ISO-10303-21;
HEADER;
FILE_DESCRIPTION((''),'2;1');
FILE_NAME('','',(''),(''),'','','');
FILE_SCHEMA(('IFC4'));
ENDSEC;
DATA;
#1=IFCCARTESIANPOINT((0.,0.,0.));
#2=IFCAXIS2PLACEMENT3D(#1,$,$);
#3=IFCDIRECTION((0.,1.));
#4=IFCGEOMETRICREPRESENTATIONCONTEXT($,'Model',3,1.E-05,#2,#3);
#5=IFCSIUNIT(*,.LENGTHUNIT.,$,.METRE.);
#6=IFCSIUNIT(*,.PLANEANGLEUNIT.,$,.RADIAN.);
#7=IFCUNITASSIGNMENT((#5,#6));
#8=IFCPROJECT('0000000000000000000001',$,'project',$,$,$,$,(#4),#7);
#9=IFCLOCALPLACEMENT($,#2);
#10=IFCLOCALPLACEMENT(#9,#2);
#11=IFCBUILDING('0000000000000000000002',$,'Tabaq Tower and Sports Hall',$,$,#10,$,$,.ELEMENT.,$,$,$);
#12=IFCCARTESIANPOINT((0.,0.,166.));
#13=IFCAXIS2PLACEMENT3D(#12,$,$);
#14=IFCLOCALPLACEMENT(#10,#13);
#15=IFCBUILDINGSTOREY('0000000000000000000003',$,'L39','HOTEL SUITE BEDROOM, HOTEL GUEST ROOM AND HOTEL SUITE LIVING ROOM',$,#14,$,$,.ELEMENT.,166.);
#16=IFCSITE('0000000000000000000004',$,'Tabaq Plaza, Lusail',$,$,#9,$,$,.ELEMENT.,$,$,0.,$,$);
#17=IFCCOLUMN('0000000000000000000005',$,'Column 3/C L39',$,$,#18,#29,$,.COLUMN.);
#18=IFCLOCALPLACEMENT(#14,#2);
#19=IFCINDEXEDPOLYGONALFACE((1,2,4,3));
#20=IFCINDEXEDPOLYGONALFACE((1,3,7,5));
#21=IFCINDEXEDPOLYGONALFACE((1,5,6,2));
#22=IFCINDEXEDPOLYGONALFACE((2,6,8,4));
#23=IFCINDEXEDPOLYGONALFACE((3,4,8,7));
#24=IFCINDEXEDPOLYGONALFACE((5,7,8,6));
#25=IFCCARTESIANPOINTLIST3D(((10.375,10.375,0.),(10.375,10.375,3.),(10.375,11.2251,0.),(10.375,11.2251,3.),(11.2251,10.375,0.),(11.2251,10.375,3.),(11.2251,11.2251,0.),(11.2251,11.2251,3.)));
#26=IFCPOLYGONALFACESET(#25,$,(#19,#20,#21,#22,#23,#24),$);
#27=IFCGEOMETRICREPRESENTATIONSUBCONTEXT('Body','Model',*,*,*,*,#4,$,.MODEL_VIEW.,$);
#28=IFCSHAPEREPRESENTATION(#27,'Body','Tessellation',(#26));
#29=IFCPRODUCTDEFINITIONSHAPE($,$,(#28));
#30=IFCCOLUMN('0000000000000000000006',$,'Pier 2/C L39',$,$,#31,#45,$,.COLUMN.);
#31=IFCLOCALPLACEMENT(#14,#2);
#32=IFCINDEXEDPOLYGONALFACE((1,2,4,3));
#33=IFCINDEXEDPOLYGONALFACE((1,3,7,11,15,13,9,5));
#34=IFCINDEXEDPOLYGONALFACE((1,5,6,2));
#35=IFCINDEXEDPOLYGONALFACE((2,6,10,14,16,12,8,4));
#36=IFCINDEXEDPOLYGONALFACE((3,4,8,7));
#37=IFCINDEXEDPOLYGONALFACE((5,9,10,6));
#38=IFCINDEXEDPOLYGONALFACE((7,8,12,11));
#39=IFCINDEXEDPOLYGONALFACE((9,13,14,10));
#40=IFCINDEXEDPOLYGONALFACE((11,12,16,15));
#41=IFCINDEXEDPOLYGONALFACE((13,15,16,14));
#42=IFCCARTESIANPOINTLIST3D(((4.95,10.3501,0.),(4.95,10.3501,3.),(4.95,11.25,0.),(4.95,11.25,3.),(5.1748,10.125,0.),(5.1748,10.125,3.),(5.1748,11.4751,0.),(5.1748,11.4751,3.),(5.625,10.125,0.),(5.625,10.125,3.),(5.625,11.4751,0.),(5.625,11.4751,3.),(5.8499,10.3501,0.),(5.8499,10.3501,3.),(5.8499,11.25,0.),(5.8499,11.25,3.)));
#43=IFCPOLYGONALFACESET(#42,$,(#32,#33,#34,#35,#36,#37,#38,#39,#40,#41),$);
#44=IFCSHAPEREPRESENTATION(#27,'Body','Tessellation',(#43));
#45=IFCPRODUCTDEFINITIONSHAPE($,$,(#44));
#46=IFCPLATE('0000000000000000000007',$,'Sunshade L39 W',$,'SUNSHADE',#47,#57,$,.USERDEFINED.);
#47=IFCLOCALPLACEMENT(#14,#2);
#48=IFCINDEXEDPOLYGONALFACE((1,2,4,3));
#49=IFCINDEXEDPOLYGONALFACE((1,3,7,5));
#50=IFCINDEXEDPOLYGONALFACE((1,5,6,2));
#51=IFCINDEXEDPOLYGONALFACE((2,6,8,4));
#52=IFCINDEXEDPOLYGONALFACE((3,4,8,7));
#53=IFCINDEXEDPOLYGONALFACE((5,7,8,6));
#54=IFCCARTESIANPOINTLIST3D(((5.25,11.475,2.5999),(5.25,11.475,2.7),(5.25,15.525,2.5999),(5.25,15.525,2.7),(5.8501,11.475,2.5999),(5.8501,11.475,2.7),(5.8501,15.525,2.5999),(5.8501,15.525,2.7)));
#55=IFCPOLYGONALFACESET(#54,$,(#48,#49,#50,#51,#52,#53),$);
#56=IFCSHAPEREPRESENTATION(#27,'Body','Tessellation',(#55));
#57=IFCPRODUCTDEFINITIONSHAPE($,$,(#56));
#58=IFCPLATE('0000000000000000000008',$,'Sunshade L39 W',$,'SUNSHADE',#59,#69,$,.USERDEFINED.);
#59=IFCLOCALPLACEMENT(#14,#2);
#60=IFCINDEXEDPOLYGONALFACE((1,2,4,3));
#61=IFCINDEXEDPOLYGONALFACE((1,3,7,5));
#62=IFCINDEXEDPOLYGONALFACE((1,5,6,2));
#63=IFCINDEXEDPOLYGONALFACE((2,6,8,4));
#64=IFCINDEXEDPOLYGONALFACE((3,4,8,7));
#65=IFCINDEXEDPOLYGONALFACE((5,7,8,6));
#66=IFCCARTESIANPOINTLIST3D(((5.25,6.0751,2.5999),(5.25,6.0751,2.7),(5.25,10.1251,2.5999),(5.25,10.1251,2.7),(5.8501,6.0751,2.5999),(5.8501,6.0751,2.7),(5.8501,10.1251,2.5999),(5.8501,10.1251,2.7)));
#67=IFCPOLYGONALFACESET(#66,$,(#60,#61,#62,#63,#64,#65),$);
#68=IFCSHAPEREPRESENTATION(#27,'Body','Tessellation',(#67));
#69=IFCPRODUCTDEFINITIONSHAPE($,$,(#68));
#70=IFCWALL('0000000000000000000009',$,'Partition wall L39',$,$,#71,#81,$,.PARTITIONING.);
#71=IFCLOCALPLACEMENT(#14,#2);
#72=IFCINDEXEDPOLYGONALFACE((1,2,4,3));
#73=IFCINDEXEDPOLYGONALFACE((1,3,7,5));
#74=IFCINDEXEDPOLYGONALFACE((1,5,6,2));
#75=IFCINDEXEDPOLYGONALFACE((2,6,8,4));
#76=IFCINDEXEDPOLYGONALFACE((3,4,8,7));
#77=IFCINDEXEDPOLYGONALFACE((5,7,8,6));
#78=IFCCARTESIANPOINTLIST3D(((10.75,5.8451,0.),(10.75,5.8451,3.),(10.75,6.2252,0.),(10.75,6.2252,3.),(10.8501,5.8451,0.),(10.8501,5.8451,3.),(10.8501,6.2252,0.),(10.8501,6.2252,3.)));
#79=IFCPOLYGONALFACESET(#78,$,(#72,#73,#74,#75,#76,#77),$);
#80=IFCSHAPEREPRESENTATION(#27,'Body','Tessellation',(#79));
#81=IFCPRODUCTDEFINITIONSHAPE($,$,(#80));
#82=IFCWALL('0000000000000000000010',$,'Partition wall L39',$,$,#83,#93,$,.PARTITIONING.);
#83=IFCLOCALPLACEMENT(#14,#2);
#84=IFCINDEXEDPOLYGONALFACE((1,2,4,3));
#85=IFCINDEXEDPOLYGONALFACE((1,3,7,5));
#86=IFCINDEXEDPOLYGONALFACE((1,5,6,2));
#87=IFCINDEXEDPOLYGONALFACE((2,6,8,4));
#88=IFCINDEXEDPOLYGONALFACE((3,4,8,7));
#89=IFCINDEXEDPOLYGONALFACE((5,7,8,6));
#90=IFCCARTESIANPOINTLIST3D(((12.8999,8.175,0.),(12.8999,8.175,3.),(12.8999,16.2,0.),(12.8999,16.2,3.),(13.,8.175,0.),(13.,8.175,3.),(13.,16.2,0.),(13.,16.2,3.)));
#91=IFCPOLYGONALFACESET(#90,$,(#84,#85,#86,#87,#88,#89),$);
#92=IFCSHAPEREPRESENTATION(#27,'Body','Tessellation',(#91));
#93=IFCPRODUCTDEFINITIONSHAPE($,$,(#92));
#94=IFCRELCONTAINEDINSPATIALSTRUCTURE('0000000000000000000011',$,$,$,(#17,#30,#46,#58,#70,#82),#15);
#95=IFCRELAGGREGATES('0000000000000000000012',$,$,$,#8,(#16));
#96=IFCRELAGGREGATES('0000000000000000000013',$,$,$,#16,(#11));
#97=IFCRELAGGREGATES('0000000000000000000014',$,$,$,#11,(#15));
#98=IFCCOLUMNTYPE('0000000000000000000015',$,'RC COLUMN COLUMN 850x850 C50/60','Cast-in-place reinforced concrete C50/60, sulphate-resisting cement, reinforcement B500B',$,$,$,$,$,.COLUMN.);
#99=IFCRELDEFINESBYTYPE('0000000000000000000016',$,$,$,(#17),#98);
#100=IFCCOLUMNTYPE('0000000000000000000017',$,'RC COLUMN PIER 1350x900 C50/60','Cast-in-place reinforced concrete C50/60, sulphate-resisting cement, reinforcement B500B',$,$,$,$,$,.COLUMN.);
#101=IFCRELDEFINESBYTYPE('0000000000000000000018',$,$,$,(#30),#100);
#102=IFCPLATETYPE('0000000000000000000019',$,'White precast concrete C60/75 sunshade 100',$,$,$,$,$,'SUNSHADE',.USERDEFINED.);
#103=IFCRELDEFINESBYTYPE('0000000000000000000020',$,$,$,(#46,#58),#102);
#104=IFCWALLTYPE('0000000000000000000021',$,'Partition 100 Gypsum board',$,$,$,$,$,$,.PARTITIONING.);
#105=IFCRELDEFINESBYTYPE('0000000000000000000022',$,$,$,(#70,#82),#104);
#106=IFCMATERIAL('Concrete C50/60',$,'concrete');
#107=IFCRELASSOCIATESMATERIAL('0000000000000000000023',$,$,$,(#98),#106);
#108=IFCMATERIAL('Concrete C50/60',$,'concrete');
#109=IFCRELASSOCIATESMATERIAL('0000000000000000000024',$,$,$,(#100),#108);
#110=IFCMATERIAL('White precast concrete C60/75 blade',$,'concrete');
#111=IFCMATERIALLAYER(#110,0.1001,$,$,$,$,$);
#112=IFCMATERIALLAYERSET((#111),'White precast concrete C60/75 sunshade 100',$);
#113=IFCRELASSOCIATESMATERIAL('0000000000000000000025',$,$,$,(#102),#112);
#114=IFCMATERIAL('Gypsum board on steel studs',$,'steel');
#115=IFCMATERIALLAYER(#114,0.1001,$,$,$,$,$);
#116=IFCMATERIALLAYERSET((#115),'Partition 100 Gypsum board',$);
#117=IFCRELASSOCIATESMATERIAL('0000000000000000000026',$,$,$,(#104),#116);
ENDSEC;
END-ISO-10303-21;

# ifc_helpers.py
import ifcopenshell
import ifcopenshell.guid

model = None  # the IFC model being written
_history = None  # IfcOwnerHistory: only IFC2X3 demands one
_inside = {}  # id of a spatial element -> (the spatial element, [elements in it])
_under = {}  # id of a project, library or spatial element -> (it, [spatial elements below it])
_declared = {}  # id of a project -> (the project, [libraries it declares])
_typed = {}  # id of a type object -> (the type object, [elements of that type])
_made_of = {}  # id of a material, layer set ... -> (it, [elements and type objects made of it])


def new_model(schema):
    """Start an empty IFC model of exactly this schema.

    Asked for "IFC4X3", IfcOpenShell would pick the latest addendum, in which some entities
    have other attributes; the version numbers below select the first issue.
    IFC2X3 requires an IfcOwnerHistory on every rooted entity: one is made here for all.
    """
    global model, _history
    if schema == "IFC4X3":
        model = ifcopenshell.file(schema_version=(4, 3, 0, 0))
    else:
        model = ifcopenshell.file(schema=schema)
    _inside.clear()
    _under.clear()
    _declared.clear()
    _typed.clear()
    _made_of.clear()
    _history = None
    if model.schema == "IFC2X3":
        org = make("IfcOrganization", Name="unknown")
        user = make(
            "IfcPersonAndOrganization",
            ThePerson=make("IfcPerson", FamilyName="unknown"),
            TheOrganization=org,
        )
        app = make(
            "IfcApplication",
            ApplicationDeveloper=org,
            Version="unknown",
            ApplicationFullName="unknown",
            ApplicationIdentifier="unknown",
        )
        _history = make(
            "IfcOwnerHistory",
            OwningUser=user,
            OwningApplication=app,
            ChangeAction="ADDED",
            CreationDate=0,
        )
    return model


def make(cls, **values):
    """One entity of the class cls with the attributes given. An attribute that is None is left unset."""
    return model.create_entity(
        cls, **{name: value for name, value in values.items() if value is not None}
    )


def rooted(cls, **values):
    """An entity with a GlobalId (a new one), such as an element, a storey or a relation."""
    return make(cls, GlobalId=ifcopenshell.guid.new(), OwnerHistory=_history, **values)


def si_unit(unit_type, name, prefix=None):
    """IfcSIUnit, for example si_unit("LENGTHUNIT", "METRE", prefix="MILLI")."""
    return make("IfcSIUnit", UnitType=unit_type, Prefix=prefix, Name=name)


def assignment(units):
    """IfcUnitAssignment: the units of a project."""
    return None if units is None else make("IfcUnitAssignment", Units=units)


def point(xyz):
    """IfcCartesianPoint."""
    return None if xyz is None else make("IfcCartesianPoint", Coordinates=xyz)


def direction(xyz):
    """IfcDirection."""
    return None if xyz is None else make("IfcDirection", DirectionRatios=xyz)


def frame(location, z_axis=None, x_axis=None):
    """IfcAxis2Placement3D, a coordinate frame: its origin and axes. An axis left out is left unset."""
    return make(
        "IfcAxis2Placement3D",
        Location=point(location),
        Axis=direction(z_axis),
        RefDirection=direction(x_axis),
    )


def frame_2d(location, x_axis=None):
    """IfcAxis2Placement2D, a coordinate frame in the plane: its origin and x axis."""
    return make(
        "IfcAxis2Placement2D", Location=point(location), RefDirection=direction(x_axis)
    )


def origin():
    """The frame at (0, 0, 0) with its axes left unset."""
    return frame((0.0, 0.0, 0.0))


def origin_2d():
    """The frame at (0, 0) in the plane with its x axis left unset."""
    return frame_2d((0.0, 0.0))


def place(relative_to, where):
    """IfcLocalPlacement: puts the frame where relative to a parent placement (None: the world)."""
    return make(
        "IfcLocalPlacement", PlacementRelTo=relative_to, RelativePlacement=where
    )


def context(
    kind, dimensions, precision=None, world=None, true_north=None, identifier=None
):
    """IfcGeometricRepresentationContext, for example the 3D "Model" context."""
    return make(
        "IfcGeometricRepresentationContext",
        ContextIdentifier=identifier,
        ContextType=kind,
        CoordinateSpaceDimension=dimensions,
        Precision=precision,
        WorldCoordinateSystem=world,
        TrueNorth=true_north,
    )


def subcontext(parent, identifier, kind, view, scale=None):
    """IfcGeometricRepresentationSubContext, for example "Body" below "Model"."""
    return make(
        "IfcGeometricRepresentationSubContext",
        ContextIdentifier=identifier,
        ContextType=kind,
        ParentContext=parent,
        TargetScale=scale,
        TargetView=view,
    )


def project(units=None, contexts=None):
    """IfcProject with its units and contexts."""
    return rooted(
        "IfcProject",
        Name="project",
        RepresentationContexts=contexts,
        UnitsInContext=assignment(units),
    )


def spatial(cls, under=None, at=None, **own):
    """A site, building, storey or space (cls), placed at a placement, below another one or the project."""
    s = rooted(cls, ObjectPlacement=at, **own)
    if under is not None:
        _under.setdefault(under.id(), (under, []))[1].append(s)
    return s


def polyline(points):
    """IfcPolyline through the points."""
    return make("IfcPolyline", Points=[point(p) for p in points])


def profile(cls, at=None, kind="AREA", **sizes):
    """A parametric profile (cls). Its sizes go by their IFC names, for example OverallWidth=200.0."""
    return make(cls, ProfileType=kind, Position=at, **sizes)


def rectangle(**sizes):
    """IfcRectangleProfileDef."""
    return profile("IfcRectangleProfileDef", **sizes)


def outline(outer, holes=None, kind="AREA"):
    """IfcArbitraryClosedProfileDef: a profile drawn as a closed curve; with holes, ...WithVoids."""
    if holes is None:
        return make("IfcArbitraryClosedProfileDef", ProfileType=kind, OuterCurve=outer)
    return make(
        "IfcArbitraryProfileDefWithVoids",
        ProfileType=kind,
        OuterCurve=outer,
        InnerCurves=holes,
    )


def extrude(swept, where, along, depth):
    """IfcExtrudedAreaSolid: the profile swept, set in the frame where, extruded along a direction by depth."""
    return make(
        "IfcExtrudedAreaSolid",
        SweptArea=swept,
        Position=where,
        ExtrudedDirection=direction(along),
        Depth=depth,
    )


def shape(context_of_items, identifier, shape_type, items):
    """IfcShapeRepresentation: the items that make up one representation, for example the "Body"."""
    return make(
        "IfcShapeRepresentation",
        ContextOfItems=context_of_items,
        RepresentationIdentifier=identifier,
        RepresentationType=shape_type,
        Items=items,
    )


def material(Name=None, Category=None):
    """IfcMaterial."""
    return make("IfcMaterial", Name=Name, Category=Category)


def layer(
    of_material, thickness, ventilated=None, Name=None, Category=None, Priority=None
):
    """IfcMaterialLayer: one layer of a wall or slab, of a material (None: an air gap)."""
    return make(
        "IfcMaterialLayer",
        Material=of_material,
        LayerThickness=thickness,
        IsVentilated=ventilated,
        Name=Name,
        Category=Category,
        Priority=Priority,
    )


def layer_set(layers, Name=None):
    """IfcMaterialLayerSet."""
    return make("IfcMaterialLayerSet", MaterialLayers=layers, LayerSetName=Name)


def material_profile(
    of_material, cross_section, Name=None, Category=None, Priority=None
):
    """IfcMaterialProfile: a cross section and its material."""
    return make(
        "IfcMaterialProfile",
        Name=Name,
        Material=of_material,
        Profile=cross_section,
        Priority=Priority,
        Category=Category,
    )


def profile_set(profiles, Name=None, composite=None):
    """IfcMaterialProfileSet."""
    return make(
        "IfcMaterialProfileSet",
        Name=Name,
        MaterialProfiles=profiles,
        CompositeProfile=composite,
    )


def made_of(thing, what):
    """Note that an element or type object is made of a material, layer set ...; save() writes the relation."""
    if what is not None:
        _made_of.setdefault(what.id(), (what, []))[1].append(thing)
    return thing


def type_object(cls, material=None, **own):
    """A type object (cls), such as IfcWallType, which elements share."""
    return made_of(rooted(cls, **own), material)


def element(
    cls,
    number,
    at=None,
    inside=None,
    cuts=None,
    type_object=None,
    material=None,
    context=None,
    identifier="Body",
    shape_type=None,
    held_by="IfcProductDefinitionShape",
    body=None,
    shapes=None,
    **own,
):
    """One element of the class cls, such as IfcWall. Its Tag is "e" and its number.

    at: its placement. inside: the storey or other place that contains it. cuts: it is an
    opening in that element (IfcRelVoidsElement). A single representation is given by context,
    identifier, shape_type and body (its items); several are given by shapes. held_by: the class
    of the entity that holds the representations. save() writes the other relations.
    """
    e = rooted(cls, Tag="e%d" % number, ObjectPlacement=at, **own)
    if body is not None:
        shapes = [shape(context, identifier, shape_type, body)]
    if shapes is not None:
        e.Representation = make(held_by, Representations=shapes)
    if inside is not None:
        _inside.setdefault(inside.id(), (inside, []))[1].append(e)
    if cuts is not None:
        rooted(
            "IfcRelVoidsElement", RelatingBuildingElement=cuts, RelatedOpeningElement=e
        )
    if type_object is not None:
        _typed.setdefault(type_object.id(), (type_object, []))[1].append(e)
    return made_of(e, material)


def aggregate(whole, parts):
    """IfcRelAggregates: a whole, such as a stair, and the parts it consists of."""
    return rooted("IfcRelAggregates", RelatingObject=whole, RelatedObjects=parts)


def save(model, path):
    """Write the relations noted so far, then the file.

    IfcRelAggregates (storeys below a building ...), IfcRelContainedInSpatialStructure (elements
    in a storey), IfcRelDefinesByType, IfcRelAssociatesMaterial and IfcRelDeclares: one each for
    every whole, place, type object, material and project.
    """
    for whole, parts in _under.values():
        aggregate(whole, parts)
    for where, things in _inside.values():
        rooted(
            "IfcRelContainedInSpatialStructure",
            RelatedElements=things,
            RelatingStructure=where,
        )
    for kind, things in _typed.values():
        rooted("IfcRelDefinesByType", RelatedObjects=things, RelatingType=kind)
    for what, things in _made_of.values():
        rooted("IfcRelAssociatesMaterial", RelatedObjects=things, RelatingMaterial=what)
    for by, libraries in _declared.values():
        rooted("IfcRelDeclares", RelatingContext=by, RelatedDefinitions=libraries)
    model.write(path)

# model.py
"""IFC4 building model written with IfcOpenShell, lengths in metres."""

from ifc_helpers import new_model, si_unit, direction, frame, frame_2d, origin, origin_2d, place, context, subcontext, project, spatial, polyline, rectangle, outline, extrude, material, layer, layer_set, material_profile, profile_set, type_object, element, save


model = new_model("IFC4")

# Units and contexts
model_context = context("Model", 3, precision=1e-05, world=origin(), true_north=direction((0.0, 1.0)))
body_context = subcontext(model_context, "Body", "Model", "MODEL_VIEW")
ifc_project = project(units=[si_unit("LENGTHUNIT", "METRE"), si_unit("PLANEANGLEUNIT", "RADIAN")], contexts=[model_context])

# Site, building, storey
site_placement = place(None, origin())
site = spatial("IfcSite", under=ifc_project, at=site_placement, Name="Tabaq Plaza, Lusail", CompositionType="ELEMENT", RefElevation=0.0)
building_placement = place(site_placement, origin())
building = spatial("IfcBuilding", under=site, at=building_placement, Name="Tabaq Tower and Sports Hall", CompositionType="ELEMENT")
storey_placement = place(building_placement, frame((0.0, 0.0, 166.0)))
storey = spatial("IfcBuildingStorey", under=building, at=storey_placement, Name="L39", Description="HOTEL SUITE BEDROOM, HOTEL GUEST ROOM AND HOTEL SUITE LIVING ROOM", CompositionType="ELEMENT", Elevation=166.0)

# Columns
ifc_material_1 = material(Name="Concrete C50/60", Category="concrete")
ifc_material_profile_1 = material_profile(ifc_material_1, rectangle(XDim=0.8501, YDim=0.8501, at=origin_2d()), Name="COLUMN 850x850")
ifc_profile_set_1 = profile_set([ifc_material_profile_1], Name="Concrete C50/60")
column_type_1 = type_object("IfcColumnType", Name="RC COLUMN COLUMN 850x850 C50/60", Description="Cast-in-place reinforced concrete C50/60, sulphate-resisting cement, reinforcement B500B", PredefinedType="COLUMN", material=ifc_profile_set_1)
column_1_placement = place(storey_placement, frame((10.8, 10.8, 0.0), z_axis=(0.0, 0.0, 1.0), x_axis=(1.0, 0.0, 0.0)))
element("IfcColumn", 1, at=column_1_placement, inside=storey, type_object=column_type_1, Name="Column 3/C L39", PredefinedType="COLUMN", context=body_context, shape_type="SweptSolid", body=[
    extrude(rectangle(XDim=0.8501, YDim=0.8501, at=origin_2d()), origin(), (0.0, 0.0, 1.0), 3.0),
])
ifc_material_2 = material(Name="Concrete C50/60", Category="concrete")
ifc_material_profile_2 = material_profile(ifc_material_2, outline(polyline([(-0.45, -0.45), (0.45, -0.45), (0.675, -0.2251), (0.675, 0.2251), (0.45, 0.45), (-0.45, 0.45), (-0.675, 0.2251), (-0.675, -0.2251), (-0.45, -0.45)])), Name="PIER 1350x900")
ifc_profile_set_2 = profile_set([ifc_material_profile_2], Name="Concrete C50/60")
column_type_2 = type_object("IfcColumnType", Name="RC COLUMN PIER 1350x900 C50/60", Description="Cast-in-place reinforced concrete C50/60, sulphate-resisting cement, reinforcement B500B", PredefinedType="COLUMN", material=ifc_profile_set_2)
column_2_placement = place(storey_placement, frame((5.3999, 10.8, 0.0), z_axis=(0.0, 0.0, 1.0), x_axis=(0.0, 1.0, 0.0)))
element("IfcColumn", 2, at=column_2_placement, inside=storey, type_object=column_type_2, Name="Pier 2/C L39", PredefinedType="COLUMN", context=body_context, shape_type="SweptSolid", body=[
    extrude(outline(polyline([(-0.45, -0.45), (0.45, -0.45), (0.675, -0.2251), (0.675, 0.2251), (0.45, 0.45), (-0.45, 0.45), (-0.675, 0.2251), (-0.675, -0.2251), (-0.45, -0.45)])), origin(), (0.0, 0.0, 1.0), 3.0),
])

# Plates
ifc_material_3 = material(Name="White precast concrete C60/75 blade", Category="concrete")
ifc_layer_1 = layer(ifc_material_3, 0.1001)
ifc_layer_set_1 = layer_set([ifc_layer_1], Name="White precast concrete C60/75 sunshade 100")
plate_type = type_object("IfcPlateType", Name="White precast concrete C60/75 sunshade 100", ElementType="SUNSHADE", PredefinedType="USERDEFINED", material=ifc_layer_set_1)
for number, where, z_axis, x_axis, name in (
    (3, (5.55, 13.5, 2.5999), (0.0, 0.0, 1.0), (0.0, -1.0, 0.0), "Sunshade L39 W"),
    (4, (5.55, 8.1001, 2.5999), (0.0, 0.0, 1.0), (0.0, -1.0, 0.0), "Sunshade L39 W"),
):
    element("IfcPlate", number, at=place(storey_placement, frame(where, z_axis=z_axis, x_axis=x_axis)), inside=storey, type_object=plate_type, Name=name, ObjectType="SUNSHADE", PredefinedType="USERDEFINED", context=body_context, shape_type="SweptSolid", body=[
        extrude(rectangle(XDim=4.05, YDim=0.6001, at=origin_2d()), origin(), (0.0, 0.0, 1.0), 0.1001),
    ])

# Walls
ifc_material_4 = material(Name="Gypsum board on steel studs", Category="steel")
ifc_layer_2 = layer(ifc_material_4, 0.1001)
ifc_layer_set_2 = layer_set([ifc_layer_2], Name="Partition 100 Gypsum board")
wall_type_1 = type_object("IfcWallType", Name="Partition 100 Gypsum board", PredefinedType="PARTITIONING", material=ifc_layer_set_2)
wall_1_placement = place(storey_placement, frame((10.8, 6.2251, 0.0), z_axis=(0.0, 0.0, 1.0), x_axis=(0.0, -1.0, 0.0)))
element("IfcWall", 5, at=wall_1_placement, inside=storey, type_object=wall_type_1, Name="Partition wall L39", PredefinedType="PARTITIONING", context=body_context, shape_type="SweptSolid", body=[
    extrude(rectangle(XDim=0.3801, YDim=0.1001, at=frame_2d((0.1899, 0.0))), origin(), (0.0, 0.0, 1.0), 3.0),
])
wall_2_placement = place(storey_placement, frame((12.95, 8.175, 0.0), z_axis=(0.0, 0.0, 1.0), x_axis=(0.0, 1.0, 0.0)))
element("IfcWall", 6, at=wall_2_placement, inside=storey, type_object=wall_type_1, Name="Partition wall L39", PredefinedType="PARTITIONING", context=body_context, shape_type="SweptSolid", body=[
    extrude(rectangle(XDim=8.0249, YDim=0.1001, at=frame_2d((4.0125, 0.0))), origin(), (0.0, 0.0, 1.0), 3.0),
])

save(model, "model.ifc")
